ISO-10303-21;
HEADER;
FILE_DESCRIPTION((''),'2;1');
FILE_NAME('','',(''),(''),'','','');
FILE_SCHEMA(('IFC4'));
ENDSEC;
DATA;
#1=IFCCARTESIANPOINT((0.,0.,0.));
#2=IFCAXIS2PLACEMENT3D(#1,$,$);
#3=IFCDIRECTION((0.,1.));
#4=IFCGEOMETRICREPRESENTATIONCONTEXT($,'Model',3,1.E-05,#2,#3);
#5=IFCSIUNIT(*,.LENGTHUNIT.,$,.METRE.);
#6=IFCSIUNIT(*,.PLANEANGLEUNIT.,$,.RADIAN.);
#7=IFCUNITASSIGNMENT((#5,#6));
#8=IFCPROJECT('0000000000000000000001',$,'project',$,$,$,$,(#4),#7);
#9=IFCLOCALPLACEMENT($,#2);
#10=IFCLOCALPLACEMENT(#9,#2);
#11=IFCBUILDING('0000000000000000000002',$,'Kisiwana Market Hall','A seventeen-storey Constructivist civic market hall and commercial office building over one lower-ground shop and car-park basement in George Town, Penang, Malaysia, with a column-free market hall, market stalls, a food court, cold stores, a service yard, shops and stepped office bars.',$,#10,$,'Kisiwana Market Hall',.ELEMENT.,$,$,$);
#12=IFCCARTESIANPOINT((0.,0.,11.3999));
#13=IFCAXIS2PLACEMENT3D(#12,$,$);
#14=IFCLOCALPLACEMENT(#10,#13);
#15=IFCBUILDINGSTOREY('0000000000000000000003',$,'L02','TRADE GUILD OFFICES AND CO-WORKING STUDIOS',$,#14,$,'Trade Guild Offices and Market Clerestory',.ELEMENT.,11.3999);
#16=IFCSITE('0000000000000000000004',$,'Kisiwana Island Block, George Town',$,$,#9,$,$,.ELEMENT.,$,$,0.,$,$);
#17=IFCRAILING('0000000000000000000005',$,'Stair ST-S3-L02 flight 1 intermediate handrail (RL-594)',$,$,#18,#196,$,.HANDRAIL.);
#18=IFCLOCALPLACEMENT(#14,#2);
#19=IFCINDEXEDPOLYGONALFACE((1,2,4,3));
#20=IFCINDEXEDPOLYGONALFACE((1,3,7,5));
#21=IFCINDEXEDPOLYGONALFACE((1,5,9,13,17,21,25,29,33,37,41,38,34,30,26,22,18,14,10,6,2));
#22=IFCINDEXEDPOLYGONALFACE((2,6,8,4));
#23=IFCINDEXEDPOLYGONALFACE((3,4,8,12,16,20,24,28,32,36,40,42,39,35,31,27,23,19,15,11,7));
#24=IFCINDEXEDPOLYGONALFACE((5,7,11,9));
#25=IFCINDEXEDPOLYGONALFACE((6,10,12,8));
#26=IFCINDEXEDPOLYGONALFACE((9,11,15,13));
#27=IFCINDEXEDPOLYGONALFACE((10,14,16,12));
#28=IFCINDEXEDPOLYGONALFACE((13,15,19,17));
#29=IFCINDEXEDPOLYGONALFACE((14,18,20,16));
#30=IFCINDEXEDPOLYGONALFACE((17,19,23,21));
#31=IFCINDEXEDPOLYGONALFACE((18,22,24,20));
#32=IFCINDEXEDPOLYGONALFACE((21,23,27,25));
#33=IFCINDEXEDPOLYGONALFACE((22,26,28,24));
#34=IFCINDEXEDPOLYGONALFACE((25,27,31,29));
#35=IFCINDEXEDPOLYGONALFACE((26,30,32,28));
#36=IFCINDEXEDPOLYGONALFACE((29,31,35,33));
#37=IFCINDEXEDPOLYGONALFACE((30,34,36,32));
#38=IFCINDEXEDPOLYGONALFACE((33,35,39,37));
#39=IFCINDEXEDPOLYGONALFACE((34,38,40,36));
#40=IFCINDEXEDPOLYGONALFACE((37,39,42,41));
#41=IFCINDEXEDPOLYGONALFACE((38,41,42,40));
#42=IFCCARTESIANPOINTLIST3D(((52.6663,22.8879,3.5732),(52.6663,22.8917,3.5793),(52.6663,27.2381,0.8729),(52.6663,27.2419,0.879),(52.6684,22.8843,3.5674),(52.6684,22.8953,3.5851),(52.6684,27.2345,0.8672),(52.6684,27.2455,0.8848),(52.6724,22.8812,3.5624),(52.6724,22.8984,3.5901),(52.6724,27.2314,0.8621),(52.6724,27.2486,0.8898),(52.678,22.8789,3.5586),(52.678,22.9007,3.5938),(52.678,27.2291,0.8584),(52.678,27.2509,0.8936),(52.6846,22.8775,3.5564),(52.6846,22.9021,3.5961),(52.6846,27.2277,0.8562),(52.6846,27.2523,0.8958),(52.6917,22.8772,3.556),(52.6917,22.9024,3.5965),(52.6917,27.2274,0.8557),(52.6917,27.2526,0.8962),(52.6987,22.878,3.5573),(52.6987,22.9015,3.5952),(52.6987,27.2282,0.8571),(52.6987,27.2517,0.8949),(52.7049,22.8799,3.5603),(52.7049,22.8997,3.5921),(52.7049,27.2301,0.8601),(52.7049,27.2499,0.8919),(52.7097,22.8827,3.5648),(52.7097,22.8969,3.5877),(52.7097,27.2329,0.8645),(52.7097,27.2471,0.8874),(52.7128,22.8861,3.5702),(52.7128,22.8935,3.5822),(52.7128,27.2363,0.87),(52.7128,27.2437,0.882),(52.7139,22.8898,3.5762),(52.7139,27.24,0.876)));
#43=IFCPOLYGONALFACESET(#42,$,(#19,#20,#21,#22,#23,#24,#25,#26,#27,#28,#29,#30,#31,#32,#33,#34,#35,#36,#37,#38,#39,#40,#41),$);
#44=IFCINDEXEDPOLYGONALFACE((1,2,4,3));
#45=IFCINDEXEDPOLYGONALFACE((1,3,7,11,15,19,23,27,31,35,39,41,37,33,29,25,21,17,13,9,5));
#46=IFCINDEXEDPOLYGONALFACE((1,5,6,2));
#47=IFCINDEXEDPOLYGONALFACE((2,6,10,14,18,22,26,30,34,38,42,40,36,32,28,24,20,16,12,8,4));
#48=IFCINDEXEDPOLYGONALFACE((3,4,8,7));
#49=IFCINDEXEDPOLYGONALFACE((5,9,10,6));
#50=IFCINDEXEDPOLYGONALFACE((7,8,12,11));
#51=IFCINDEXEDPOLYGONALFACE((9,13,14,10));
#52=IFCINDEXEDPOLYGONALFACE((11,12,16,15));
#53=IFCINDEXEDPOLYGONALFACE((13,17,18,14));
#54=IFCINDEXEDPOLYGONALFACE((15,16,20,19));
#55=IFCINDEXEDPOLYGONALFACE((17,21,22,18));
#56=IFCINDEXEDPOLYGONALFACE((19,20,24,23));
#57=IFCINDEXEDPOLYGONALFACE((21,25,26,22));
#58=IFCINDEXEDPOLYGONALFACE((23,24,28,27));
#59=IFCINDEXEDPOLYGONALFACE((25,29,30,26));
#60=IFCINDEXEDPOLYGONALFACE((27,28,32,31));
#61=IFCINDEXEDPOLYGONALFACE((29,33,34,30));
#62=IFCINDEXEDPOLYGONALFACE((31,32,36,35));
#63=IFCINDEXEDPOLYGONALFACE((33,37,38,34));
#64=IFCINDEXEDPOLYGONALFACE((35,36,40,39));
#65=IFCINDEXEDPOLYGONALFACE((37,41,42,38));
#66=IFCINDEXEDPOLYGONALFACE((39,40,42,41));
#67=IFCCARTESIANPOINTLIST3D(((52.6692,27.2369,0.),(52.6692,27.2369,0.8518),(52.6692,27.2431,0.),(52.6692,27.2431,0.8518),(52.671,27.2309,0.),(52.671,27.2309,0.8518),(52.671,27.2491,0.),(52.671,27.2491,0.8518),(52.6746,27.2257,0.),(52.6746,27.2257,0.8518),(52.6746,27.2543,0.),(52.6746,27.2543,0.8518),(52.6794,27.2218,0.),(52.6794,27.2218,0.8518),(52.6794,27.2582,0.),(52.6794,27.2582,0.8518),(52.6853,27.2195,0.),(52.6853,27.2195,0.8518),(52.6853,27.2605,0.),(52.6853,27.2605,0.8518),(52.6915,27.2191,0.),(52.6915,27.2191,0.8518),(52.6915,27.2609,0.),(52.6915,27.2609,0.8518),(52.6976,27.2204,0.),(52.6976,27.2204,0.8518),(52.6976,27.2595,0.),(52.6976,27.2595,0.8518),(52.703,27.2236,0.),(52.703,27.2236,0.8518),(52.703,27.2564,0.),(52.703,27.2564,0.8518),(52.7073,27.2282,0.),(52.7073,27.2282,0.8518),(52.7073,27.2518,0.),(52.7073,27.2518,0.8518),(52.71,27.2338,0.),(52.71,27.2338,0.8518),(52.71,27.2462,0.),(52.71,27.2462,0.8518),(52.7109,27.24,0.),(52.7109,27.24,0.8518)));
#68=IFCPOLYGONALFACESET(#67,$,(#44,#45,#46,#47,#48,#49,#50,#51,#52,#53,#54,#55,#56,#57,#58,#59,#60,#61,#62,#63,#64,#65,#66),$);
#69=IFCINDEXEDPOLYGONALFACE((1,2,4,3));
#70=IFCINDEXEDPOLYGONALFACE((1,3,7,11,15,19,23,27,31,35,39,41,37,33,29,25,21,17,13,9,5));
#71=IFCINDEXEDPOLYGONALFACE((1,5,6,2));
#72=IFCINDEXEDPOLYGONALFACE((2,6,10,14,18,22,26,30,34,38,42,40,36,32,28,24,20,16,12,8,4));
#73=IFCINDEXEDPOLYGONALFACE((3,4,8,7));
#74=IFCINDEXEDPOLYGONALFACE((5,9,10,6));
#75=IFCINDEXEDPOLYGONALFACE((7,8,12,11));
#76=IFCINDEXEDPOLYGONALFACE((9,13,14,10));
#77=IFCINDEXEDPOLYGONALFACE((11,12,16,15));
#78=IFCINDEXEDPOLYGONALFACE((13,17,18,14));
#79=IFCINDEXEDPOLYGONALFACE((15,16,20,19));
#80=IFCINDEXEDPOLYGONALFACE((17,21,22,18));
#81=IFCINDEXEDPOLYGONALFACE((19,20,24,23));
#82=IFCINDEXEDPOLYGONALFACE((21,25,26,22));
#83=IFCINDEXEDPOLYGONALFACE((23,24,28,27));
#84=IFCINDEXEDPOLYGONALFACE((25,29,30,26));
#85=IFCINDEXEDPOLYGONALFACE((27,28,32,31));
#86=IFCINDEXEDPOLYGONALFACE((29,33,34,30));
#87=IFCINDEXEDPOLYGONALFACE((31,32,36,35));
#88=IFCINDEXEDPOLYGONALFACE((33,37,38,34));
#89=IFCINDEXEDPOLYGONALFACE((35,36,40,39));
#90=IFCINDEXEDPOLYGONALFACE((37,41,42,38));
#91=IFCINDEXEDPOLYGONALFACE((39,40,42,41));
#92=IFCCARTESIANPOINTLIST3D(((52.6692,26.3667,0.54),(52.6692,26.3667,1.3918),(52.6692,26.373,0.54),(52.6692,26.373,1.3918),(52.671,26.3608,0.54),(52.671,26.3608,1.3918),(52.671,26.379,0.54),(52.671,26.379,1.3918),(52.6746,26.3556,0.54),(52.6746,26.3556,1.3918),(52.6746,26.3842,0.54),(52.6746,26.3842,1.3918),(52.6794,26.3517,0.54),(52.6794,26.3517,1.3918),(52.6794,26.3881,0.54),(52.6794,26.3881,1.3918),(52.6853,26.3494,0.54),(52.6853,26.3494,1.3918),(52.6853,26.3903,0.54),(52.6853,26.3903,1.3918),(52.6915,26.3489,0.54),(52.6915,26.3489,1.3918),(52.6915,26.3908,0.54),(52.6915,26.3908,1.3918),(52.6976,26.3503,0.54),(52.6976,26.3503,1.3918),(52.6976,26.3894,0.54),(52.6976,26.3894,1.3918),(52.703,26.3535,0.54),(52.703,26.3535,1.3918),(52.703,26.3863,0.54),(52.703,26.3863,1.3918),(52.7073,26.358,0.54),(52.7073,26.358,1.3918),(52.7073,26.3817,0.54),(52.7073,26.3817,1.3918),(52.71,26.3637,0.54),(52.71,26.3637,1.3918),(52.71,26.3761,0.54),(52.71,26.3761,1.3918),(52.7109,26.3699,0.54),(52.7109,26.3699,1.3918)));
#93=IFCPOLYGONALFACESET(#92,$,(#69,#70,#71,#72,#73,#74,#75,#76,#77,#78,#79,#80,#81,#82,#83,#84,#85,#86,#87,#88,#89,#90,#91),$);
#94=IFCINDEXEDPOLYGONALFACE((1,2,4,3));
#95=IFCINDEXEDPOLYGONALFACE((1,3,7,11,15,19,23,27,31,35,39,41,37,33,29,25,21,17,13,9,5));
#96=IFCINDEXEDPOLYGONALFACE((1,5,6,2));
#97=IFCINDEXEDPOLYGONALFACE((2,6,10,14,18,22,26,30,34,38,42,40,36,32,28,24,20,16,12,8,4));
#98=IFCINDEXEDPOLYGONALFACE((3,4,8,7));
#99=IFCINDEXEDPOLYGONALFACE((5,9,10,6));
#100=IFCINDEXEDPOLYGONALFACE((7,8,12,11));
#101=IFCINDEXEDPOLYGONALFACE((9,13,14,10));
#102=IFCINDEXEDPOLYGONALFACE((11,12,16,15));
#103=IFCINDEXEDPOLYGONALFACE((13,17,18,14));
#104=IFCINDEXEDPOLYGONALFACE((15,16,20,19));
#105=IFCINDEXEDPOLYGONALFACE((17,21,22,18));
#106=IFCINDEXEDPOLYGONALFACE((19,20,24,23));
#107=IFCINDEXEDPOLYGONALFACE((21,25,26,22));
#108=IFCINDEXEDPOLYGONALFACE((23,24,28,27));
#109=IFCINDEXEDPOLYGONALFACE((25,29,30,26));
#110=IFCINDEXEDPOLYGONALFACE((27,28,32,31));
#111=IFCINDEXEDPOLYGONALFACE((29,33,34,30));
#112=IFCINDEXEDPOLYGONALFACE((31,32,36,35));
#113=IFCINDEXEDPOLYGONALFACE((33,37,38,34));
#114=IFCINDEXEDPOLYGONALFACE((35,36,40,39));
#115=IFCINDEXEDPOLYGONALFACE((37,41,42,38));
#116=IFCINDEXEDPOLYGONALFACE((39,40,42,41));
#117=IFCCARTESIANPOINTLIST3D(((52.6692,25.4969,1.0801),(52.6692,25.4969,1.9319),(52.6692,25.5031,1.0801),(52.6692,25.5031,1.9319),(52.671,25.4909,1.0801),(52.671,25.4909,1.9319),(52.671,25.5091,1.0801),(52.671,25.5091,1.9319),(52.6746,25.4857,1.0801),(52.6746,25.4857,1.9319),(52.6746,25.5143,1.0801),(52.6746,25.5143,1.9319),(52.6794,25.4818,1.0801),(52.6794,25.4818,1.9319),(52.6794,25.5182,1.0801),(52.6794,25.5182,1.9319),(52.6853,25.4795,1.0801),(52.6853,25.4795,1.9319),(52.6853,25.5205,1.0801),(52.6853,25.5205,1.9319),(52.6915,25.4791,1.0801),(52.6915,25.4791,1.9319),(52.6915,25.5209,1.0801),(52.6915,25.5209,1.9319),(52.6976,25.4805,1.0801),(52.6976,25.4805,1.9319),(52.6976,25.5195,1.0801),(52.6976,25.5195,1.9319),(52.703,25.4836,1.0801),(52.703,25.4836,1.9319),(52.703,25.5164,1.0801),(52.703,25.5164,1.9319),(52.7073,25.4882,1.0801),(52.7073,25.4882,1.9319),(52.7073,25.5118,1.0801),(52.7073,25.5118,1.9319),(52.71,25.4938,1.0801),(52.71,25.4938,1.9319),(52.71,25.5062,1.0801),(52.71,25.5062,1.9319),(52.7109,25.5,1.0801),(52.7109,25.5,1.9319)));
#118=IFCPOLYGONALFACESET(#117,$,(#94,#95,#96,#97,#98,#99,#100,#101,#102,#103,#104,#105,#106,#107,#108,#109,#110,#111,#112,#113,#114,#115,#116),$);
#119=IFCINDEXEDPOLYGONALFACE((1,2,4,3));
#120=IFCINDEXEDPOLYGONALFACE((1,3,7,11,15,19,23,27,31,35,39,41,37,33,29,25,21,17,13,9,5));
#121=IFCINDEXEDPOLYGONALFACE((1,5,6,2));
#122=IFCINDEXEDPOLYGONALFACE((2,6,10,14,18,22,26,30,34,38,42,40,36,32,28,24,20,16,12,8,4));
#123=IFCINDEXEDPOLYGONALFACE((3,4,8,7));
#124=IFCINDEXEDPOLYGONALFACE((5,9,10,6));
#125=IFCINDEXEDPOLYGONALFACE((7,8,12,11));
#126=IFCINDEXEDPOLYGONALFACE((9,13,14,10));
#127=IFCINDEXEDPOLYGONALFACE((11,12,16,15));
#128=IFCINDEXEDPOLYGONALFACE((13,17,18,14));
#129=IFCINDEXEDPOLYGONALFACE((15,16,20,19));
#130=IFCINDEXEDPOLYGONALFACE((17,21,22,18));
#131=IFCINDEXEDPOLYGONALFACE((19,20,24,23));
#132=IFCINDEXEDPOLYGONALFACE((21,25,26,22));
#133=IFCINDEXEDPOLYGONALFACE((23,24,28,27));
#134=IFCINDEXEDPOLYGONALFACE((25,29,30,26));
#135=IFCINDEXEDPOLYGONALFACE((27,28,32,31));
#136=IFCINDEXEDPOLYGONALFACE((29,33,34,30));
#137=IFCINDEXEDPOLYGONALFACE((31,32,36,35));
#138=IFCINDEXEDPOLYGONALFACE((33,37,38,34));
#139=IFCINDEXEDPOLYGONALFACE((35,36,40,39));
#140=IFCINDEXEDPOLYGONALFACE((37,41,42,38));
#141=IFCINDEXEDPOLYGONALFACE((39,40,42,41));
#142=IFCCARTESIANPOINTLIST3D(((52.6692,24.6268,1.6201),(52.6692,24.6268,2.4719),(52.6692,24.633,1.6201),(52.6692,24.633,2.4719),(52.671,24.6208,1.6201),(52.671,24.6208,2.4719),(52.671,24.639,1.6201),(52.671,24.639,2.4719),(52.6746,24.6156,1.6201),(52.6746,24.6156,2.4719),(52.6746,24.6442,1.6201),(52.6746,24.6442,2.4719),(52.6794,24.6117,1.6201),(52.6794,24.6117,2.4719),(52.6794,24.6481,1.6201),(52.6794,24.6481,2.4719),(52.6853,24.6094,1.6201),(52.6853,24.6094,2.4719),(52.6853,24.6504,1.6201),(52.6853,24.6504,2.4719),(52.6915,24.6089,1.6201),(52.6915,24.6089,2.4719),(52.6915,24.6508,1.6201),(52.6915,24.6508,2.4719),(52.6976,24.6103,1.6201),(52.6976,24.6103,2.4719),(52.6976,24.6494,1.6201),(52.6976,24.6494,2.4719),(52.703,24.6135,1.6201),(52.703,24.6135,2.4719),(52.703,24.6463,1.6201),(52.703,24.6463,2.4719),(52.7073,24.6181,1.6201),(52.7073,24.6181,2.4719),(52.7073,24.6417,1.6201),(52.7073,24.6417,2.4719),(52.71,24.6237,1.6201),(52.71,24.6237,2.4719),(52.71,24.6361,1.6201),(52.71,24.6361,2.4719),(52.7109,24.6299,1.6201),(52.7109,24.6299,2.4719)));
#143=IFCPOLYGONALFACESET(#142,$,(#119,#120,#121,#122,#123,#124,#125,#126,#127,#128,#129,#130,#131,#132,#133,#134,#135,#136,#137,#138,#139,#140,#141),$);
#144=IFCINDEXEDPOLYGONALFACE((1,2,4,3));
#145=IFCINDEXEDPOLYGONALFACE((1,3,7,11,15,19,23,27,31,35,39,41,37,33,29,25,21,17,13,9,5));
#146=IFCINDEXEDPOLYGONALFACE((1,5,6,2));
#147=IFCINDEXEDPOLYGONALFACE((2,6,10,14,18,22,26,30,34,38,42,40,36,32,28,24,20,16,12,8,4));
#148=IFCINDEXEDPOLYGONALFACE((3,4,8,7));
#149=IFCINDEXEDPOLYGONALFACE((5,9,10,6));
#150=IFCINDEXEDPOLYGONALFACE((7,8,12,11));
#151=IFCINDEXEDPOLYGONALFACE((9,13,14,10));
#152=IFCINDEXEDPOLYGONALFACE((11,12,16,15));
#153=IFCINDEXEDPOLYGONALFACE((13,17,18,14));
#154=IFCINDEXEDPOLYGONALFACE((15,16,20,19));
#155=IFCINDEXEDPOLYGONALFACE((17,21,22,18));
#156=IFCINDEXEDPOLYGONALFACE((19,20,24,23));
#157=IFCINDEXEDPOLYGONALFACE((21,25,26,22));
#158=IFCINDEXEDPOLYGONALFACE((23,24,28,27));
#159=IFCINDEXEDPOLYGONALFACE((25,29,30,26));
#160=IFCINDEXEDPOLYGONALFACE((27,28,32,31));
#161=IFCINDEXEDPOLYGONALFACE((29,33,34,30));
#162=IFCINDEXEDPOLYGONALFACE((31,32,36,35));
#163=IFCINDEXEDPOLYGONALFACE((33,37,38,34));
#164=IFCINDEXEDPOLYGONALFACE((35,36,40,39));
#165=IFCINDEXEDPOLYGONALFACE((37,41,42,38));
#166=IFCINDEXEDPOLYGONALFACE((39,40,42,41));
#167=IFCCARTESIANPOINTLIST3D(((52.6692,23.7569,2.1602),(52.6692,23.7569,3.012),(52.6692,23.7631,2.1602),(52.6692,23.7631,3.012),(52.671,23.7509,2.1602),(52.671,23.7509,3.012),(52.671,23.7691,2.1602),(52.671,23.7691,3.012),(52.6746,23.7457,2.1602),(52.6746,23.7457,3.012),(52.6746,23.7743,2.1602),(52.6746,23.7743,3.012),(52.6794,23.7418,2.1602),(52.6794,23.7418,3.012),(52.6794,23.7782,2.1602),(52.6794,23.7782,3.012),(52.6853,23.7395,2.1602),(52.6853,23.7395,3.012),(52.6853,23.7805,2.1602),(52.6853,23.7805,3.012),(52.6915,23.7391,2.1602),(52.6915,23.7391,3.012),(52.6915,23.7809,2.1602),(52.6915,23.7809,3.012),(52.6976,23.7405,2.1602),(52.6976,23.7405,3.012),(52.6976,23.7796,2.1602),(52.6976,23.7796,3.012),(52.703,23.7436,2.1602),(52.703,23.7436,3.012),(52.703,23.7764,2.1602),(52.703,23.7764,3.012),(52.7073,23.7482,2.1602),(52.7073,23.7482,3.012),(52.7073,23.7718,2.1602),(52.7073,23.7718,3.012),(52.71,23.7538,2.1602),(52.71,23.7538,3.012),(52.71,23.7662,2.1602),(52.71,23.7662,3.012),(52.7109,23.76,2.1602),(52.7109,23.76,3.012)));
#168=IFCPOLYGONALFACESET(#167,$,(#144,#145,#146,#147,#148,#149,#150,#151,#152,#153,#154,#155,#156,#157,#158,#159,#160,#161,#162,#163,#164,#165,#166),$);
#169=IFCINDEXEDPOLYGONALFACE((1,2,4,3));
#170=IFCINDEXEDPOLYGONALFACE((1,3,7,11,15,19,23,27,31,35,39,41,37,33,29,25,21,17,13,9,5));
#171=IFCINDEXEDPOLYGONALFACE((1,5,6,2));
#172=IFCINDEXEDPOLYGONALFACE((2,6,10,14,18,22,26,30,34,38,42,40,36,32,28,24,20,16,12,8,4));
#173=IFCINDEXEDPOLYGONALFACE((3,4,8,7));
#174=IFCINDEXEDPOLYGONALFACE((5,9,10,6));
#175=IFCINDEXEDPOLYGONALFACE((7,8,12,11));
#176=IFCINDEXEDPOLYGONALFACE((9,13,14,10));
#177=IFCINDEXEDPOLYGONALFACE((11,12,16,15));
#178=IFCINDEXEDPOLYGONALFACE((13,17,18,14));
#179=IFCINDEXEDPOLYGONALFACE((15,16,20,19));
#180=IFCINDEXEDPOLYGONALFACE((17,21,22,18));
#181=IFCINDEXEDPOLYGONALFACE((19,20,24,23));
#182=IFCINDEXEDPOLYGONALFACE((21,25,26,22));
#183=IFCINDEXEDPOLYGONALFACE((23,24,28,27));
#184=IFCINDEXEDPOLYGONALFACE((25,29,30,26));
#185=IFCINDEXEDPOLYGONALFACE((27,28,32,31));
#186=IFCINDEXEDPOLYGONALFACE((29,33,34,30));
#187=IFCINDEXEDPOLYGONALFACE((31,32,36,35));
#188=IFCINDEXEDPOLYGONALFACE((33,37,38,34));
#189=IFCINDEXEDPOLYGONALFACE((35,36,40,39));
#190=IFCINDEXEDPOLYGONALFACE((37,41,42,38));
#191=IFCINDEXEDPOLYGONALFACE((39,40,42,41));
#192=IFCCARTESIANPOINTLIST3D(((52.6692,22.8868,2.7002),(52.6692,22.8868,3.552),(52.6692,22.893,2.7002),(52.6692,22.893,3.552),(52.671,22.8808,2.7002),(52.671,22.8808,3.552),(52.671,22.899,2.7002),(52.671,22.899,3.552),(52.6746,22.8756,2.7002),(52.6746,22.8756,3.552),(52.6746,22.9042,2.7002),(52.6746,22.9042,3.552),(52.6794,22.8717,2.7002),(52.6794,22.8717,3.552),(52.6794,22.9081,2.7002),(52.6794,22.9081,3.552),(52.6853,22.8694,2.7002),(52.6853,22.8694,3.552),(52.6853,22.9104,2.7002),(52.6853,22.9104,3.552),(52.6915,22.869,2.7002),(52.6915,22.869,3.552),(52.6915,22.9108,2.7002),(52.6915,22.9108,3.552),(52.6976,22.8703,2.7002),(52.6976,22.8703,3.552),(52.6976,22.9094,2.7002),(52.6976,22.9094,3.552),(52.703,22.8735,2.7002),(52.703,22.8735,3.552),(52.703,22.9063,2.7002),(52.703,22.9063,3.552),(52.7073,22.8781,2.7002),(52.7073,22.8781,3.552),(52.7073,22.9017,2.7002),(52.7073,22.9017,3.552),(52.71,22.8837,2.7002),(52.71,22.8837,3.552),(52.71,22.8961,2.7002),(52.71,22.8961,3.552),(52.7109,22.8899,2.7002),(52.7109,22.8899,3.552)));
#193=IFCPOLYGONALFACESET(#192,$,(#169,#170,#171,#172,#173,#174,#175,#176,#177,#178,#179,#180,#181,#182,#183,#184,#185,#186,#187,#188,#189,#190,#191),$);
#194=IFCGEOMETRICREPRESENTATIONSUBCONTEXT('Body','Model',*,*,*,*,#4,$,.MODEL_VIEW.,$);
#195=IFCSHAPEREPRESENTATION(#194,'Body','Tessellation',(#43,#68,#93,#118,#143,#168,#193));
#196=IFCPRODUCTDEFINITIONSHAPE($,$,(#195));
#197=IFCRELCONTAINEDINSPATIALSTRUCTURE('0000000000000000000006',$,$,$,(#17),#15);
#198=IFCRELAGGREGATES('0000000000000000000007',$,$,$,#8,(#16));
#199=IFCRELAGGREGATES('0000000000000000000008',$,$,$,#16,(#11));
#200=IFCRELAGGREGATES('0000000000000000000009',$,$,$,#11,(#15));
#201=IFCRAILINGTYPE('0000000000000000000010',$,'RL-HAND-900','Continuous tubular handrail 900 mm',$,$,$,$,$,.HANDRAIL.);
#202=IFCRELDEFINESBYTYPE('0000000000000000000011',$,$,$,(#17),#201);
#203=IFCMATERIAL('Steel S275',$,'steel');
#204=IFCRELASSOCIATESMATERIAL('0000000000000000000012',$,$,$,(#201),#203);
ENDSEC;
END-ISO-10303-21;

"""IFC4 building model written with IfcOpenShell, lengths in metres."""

from ifc_helpers import new_model, si_unit, direction, frame, origin, origin_2d, place, context, subcontext, project, spatial, circle, extrude, material, type_object, element, save


model = new_model("IFC4")

# Units and contexts
model_context = context("Model", 3, precision=1e-05, world=origin(), true_north=direction((0.0, 1.0)))
body_context = subcontext(model_context, "Body", "Model", "MODEL_VIEW")
ifc_project = project(units=[si_unit("LENGTHUNIT", "METRE"), si_unit("PLANEANGLEUNIT", "RADIAN")], contexts=[model_context])

# Site, building, storey
site_placement = place(None, origin())
site = spatial("IfcSite", under=ifc_project, at=site_placement, Name="Kisiwana Island Block, George Town", CompositionType="ELEMENT", RefElevation=0.0)
building_placement = place(site_placement, origin())
building = spatial("IfcBuilding", under=site, at=building_placement, Name="Kisiwana Market Hall", Description="A seventeen-storey Constructivist civic market hall and commercial office building over one lower-ground shop and car-park basement in George Town, Penang, Malaysia, with a column-free market hall, market stalls, a food court, cold stores, a service yard, shops and stepped office bars.", LongName="Kisiwana Market Hall", CompositionType="ELEMENT")
storey_placement = place(building_placement, frame((0.0, 0.0, 11.3999)))
storey = spatial("IfcBuildingStorey", under=building, at=storey_placement, Name="L02", Description="TRADE GUILD OFFICES AND CO-WORKING STUDIOS", LongName="Trade Guild Offices and Market Clerestory", CompositionType="ELEMENT", Elevation=11.3999)

# Railing
ifc_material_1 = material(Name="Steel S275", Category="steel")
railing_type_1 = type_object("IfcRailingType", Name="RL-HAND-900", Description="Continuous tubular handrail 900 mm", PredefinedType="HANDRAIL", material=ifc_material_1)
railing_1_placement = place(storey_placement, frame((52.6899, 27.24, 0.0)))
element("IfcRailing", 1, at=railing_1_placement, inside=storey, type_object=railing_type_1, Name="Stair ST-S3-L02 flight 1 intermediate handrail (RL-594)", PredefinedType="HANDRAIL", context=body_context, shape_type="SweptSolid", body=[
    extrude(circle(Radius=0.0239, at=origin_2d()), frame((0.0, 0.0, 0.876), z_axis=(0.0, -0.849628, 0.527382), x_axis=(1.0, 0.0, 0.0)), (0.0, 0.0, 1.0), 5.1201),
    extrude(circle(Radius=0.021, at=origin_2d()), origin(), (0.0, 0.0, 1.0), 0.8518),
    extrude(circle(Radius=0.021, at=origin_2d()), frame((0.0, -0.8701, 0.54)), (0.0, 0.0, 1.0), 0.8518),
    extrude(circle(Radius=0.021, at=origin_2d()), frame((0.0, -1.74, 1.0801)), (0.0, 0.0, 1.0), 0.8518),
    extrude(circle(Radius=0.021, at=origin_2d()), frame((0.0, -2.6101, 1.6201)), (0.0, 0.0, 1.0), 0.8518),
    extrude(circle(Radius=0.021, at=origin_2d()), frame((0.0, -3.48, 2.1602)), (0.0, 0.0, 1.0), 0.8518),
    extrude(circle(Radius=0.021, at=origin_2d()), frame((0.0, -4.3501, 2.7002)), (0.0, 0.0, 1.0), 0.8518),
])

save(model, "model.ifc")
